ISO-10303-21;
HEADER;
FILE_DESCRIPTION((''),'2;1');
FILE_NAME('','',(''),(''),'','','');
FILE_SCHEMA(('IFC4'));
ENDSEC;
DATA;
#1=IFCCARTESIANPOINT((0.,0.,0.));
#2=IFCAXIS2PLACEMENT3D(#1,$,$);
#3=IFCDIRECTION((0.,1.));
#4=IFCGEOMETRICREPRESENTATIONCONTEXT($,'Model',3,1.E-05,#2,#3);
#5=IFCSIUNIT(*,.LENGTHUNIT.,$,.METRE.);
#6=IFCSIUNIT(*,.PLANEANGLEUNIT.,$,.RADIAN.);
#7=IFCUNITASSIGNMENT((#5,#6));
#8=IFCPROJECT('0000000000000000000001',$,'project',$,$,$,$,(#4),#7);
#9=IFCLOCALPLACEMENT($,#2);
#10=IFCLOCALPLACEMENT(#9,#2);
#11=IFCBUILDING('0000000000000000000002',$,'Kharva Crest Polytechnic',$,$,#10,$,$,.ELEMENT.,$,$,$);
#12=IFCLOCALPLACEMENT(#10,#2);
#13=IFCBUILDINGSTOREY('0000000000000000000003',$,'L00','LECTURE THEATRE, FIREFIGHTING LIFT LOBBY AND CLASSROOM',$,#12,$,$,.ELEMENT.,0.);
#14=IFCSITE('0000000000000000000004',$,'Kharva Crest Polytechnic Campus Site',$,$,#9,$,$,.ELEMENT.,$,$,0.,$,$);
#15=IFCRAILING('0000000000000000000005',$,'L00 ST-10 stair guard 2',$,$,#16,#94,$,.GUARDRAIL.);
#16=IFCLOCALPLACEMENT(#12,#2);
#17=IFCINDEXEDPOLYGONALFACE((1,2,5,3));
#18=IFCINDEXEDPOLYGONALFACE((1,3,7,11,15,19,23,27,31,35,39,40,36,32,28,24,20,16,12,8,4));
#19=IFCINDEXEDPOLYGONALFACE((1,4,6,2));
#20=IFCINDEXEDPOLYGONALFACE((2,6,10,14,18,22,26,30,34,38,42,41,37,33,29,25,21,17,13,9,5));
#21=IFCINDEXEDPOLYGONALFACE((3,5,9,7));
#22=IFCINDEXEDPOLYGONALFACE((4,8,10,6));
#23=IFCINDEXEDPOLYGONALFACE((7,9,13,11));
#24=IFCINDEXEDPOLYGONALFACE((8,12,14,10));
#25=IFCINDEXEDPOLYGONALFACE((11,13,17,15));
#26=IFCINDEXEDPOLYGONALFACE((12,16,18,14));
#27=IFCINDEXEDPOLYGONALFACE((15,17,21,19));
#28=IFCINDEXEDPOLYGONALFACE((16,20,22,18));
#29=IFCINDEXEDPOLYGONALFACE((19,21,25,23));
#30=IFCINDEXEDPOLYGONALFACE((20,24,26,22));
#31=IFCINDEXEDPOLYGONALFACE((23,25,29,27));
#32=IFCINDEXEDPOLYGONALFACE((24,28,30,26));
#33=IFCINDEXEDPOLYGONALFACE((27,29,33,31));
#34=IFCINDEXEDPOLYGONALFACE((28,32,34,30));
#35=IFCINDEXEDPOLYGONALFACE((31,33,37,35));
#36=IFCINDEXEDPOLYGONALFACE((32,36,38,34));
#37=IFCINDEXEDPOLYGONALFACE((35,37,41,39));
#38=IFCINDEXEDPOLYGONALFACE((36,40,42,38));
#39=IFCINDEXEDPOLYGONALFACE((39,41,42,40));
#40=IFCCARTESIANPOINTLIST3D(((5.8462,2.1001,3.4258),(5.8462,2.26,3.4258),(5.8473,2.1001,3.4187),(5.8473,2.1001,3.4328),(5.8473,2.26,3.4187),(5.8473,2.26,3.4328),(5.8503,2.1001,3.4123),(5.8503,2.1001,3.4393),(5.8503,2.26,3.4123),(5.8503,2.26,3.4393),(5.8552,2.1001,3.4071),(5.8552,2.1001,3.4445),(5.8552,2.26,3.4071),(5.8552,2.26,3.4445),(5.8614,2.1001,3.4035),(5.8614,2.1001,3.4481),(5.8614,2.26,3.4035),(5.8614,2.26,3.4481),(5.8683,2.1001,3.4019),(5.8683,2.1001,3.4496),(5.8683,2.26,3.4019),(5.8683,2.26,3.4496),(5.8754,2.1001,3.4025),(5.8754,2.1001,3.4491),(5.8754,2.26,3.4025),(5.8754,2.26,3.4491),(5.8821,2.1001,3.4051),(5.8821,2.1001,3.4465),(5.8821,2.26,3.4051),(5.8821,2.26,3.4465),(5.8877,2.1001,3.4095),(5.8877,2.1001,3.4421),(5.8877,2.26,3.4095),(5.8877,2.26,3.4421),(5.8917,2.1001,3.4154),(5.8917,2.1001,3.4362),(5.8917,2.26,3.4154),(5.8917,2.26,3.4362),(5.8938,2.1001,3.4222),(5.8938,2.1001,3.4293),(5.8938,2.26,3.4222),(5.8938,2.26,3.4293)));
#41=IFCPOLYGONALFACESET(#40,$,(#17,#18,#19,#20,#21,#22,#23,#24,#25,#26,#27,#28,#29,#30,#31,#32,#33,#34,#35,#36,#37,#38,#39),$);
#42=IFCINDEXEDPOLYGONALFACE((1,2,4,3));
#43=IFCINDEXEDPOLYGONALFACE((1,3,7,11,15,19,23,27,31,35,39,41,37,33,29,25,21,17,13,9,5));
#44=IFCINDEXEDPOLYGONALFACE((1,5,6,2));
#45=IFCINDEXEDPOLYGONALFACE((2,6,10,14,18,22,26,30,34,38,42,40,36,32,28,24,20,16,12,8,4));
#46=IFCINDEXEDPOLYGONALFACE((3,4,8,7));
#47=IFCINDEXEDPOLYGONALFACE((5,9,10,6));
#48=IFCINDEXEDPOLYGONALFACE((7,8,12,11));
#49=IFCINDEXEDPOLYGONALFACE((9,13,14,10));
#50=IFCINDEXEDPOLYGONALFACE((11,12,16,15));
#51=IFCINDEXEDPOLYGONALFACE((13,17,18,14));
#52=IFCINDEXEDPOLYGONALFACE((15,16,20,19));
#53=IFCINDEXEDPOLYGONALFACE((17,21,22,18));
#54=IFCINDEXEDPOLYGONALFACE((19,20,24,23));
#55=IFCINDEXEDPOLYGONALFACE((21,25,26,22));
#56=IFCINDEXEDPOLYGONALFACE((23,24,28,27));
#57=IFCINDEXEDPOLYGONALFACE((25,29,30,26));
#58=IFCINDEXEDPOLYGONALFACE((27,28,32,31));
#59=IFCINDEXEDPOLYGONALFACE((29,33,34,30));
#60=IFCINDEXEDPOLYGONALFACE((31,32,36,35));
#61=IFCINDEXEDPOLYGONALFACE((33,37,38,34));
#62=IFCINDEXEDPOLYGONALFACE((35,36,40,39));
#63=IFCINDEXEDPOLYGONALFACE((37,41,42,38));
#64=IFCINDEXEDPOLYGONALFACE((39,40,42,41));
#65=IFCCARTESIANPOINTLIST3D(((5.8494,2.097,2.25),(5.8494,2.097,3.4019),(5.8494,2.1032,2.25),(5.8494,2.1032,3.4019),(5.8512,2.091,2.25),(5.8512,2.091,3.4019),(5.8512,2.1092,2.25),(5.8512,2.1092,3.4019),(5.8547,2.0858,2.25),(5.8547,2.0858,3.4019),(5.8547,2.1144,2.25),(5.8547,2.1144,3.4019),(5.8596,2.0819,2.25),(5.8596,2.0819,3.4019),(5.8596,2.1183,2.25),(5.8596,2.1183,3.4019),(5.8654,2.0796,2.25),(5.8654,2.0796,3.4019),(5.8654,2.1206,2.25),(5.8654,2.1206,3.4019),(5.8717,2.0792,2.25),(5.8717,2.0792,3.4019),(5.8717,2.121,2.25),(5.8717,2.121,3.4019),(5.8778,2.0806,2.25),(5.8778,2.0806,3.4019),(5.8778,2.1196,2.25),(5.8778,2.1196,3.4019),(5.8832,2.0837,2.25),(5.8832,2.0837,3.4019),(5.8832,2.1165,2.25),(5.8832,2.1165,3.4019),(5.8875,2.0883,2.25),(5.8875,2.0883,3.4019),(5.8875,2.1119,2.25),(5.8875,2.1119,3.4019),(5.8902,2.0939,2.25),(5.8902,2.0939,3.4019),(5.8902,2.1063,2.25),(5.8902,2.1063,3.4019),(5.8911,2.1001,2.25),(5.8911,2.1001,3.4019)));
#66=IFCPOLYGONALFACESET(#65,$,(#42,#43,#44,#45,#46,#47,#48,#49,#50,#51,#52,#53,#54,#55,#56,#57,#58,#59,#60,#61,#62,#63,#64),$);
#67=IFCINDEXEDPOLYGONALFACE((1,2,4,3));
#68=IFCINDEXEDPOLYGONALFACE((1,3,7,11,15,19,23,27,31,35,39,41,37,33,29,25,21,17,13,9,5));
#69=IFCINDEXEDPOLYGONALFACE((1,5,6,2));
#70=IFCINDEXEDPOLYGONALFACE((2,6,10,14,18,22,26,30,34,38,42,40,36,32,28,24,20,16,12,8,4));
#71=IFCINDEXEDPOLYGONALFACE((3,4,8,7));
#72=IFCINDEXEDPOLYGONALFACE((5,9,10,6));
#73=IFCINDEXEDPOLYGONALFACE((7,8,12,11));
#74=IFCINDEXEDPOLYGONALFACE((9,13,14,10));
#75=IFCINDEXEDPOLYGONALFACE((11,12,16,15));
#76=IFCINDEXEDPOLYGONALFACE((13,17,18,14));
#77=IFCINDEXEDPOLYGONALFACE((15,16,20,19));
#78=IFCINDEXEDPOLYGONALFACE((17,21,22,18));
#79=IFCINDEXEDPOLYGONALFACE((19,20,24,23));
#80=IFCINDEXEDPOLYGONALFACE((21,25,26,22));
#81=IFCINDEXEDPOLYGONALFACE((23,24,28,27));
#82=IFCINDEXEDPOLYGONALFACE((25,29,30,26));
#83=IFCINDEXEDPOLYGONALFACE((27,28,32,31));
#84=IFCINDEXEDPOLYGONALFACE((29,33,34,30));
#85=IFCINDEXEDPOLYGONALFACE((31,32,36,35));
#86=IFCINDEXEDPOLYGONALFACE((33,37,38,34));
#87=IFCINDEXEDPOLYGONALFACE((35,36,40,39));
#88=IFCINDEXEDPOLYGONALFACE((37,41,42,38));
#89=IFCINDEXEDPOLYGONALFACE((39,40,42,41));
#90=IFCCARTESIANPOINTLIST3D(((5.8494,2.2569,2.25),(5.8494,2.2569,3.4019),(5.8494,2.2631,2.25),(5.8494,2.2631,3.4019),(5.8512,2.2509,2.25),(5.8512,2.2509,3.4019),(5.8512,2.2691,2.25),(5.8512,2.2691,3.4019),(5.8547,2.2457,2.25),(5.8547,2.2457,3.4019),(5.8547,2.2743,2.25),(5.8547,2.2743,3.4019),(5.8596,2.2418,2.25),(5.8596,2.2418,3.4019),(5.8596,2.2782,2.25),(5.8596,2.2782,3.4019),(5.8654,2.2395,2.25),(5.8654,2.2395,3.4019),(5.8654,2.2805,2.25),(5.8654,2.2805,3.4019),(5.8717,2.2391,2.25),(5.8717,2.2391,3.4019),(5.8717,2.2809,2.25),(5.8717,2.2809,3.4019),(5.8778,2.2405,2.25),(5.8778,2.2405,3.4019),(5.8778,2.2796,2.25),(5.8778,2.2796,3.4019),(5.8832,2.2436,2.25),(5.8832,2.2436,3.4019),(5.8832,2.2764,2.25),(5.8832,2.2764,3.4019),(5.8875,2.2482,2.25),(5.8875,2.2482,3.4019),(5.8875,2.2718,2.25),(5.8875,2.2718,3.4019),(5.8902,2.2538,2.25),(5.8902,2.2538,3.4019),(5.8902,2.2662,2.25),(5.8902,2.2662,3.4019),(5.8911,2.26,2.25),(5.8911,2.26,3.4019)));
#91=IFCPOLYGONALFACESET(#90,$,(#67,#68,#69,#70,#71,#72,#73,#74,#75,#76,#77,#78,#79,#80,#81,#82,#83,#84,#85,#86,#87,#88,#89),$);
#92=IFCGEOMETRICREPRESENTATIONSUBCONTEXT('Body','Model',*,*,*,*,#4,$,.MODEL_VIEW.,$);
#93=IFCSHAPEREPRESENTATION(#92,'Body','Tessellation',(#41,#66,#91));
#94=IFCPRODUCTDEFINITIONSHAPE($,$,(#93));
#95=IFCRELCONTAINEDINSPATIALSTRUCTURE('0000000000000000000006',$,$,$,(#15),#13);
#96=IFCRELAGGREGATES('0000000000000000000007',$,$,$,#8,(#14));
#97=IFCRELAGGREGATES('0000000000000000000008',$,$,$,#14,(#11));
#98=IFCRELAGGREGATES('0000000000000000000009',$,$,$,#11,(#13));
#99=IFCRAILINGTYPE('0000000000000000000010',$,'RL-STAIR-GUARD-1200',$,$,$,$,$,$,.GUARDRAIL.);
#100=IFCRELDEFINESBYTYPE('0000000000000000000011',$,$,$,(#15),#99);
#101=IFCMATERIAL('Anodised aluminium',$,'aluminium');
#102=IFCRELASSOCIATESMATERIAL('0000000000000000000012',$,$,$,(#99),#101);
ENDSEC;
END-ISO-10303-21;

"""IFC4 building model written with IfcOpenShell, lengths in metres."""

from ifc_helpers import new_model, si_unit, direction, frame, origin, origin_2d, place, context, subcontext, project, spatial, circle, extrude, material, type_object, element, save


model = new_model("IFC4")

# Units and contexts
model_context = context("Model", 3, precision=1e-05, world=origin(), true_north=direction((0.0, 1.0)))
body_context = subcontext(model_context, "Body", "Model", "MODEL_VIEW")
ifc_project = project(units=[si_unit("LENGTHUNIT", "METRE"), si_unit("PLANEANGLEUNIT", "RADIAN")], contexts=[model_context])

# Site, building, storey
site_placement = place(None, origin())
site = spatial("IfcSite", under=ifc_project, at=site_placement, Name="Kharva Crest Polytechnic Campus Site", CompositionType="ELEMENT", RefElevation=0.0)
building_placement = place(site_placement, origin())
building = spatial("IfcBuilding", under=site, at=building_placement, Name="Kharva Crest Polytechnic", CompositionType="ELEMENT")
storey_placement = place(building_placement, origin())
storey = spatial("IfcBuildingStorey", under=building, at=storey_placement, Name="L00", Description="LECTURE THEATRE, FIREFIGHTING LIFT LOBBY AND CLASSROOM", CompositionType="ELEMENT", Elevation=0.0)

# Shared definitions
ifc_material_1 = material(Name="Anodised aluminium", Category="aluminium")

# Railing
railing_type_1 = type_object("IfcRailingType", Name="RL-STAIR-GUARD-1200", PredefinedType="GUARDRAIL", material=ifc_material_1)
railing_1_placement = place(storey_placement, frame((5.8701, 2.1001, 2.25)))
element("IfcRailing", 1, at=railing_1_placement, inside=storey, type_object=railing_type_1, Name="L00 ST-10 stair guard 2", PredefinedType="GUARDRAIL", context=body_context, shape_type="SweptSolid", body=[
    extrude(circle(Radius=0.0239, at=origin_2d()), frame((0.0, 0.0, 1.1758), z_axis=(0.0, 1.0, 0.0), x_axis=(-1.0, 0.0, 0.0)), (0.0, 0.0, 1.0), 0.1599),
    extrude(circle(Radius=0.021, at=origin_2d()), origin(), (0.0, 0.0, 1.0), 1.1519),
    extrude(circle(Radius=0.021, at=origin_2d()), frame((0.0, 0.1599, 0.0)), (0.0, 0.0, 1.0), 1.1519),
])

save(model, "model.ifc")
